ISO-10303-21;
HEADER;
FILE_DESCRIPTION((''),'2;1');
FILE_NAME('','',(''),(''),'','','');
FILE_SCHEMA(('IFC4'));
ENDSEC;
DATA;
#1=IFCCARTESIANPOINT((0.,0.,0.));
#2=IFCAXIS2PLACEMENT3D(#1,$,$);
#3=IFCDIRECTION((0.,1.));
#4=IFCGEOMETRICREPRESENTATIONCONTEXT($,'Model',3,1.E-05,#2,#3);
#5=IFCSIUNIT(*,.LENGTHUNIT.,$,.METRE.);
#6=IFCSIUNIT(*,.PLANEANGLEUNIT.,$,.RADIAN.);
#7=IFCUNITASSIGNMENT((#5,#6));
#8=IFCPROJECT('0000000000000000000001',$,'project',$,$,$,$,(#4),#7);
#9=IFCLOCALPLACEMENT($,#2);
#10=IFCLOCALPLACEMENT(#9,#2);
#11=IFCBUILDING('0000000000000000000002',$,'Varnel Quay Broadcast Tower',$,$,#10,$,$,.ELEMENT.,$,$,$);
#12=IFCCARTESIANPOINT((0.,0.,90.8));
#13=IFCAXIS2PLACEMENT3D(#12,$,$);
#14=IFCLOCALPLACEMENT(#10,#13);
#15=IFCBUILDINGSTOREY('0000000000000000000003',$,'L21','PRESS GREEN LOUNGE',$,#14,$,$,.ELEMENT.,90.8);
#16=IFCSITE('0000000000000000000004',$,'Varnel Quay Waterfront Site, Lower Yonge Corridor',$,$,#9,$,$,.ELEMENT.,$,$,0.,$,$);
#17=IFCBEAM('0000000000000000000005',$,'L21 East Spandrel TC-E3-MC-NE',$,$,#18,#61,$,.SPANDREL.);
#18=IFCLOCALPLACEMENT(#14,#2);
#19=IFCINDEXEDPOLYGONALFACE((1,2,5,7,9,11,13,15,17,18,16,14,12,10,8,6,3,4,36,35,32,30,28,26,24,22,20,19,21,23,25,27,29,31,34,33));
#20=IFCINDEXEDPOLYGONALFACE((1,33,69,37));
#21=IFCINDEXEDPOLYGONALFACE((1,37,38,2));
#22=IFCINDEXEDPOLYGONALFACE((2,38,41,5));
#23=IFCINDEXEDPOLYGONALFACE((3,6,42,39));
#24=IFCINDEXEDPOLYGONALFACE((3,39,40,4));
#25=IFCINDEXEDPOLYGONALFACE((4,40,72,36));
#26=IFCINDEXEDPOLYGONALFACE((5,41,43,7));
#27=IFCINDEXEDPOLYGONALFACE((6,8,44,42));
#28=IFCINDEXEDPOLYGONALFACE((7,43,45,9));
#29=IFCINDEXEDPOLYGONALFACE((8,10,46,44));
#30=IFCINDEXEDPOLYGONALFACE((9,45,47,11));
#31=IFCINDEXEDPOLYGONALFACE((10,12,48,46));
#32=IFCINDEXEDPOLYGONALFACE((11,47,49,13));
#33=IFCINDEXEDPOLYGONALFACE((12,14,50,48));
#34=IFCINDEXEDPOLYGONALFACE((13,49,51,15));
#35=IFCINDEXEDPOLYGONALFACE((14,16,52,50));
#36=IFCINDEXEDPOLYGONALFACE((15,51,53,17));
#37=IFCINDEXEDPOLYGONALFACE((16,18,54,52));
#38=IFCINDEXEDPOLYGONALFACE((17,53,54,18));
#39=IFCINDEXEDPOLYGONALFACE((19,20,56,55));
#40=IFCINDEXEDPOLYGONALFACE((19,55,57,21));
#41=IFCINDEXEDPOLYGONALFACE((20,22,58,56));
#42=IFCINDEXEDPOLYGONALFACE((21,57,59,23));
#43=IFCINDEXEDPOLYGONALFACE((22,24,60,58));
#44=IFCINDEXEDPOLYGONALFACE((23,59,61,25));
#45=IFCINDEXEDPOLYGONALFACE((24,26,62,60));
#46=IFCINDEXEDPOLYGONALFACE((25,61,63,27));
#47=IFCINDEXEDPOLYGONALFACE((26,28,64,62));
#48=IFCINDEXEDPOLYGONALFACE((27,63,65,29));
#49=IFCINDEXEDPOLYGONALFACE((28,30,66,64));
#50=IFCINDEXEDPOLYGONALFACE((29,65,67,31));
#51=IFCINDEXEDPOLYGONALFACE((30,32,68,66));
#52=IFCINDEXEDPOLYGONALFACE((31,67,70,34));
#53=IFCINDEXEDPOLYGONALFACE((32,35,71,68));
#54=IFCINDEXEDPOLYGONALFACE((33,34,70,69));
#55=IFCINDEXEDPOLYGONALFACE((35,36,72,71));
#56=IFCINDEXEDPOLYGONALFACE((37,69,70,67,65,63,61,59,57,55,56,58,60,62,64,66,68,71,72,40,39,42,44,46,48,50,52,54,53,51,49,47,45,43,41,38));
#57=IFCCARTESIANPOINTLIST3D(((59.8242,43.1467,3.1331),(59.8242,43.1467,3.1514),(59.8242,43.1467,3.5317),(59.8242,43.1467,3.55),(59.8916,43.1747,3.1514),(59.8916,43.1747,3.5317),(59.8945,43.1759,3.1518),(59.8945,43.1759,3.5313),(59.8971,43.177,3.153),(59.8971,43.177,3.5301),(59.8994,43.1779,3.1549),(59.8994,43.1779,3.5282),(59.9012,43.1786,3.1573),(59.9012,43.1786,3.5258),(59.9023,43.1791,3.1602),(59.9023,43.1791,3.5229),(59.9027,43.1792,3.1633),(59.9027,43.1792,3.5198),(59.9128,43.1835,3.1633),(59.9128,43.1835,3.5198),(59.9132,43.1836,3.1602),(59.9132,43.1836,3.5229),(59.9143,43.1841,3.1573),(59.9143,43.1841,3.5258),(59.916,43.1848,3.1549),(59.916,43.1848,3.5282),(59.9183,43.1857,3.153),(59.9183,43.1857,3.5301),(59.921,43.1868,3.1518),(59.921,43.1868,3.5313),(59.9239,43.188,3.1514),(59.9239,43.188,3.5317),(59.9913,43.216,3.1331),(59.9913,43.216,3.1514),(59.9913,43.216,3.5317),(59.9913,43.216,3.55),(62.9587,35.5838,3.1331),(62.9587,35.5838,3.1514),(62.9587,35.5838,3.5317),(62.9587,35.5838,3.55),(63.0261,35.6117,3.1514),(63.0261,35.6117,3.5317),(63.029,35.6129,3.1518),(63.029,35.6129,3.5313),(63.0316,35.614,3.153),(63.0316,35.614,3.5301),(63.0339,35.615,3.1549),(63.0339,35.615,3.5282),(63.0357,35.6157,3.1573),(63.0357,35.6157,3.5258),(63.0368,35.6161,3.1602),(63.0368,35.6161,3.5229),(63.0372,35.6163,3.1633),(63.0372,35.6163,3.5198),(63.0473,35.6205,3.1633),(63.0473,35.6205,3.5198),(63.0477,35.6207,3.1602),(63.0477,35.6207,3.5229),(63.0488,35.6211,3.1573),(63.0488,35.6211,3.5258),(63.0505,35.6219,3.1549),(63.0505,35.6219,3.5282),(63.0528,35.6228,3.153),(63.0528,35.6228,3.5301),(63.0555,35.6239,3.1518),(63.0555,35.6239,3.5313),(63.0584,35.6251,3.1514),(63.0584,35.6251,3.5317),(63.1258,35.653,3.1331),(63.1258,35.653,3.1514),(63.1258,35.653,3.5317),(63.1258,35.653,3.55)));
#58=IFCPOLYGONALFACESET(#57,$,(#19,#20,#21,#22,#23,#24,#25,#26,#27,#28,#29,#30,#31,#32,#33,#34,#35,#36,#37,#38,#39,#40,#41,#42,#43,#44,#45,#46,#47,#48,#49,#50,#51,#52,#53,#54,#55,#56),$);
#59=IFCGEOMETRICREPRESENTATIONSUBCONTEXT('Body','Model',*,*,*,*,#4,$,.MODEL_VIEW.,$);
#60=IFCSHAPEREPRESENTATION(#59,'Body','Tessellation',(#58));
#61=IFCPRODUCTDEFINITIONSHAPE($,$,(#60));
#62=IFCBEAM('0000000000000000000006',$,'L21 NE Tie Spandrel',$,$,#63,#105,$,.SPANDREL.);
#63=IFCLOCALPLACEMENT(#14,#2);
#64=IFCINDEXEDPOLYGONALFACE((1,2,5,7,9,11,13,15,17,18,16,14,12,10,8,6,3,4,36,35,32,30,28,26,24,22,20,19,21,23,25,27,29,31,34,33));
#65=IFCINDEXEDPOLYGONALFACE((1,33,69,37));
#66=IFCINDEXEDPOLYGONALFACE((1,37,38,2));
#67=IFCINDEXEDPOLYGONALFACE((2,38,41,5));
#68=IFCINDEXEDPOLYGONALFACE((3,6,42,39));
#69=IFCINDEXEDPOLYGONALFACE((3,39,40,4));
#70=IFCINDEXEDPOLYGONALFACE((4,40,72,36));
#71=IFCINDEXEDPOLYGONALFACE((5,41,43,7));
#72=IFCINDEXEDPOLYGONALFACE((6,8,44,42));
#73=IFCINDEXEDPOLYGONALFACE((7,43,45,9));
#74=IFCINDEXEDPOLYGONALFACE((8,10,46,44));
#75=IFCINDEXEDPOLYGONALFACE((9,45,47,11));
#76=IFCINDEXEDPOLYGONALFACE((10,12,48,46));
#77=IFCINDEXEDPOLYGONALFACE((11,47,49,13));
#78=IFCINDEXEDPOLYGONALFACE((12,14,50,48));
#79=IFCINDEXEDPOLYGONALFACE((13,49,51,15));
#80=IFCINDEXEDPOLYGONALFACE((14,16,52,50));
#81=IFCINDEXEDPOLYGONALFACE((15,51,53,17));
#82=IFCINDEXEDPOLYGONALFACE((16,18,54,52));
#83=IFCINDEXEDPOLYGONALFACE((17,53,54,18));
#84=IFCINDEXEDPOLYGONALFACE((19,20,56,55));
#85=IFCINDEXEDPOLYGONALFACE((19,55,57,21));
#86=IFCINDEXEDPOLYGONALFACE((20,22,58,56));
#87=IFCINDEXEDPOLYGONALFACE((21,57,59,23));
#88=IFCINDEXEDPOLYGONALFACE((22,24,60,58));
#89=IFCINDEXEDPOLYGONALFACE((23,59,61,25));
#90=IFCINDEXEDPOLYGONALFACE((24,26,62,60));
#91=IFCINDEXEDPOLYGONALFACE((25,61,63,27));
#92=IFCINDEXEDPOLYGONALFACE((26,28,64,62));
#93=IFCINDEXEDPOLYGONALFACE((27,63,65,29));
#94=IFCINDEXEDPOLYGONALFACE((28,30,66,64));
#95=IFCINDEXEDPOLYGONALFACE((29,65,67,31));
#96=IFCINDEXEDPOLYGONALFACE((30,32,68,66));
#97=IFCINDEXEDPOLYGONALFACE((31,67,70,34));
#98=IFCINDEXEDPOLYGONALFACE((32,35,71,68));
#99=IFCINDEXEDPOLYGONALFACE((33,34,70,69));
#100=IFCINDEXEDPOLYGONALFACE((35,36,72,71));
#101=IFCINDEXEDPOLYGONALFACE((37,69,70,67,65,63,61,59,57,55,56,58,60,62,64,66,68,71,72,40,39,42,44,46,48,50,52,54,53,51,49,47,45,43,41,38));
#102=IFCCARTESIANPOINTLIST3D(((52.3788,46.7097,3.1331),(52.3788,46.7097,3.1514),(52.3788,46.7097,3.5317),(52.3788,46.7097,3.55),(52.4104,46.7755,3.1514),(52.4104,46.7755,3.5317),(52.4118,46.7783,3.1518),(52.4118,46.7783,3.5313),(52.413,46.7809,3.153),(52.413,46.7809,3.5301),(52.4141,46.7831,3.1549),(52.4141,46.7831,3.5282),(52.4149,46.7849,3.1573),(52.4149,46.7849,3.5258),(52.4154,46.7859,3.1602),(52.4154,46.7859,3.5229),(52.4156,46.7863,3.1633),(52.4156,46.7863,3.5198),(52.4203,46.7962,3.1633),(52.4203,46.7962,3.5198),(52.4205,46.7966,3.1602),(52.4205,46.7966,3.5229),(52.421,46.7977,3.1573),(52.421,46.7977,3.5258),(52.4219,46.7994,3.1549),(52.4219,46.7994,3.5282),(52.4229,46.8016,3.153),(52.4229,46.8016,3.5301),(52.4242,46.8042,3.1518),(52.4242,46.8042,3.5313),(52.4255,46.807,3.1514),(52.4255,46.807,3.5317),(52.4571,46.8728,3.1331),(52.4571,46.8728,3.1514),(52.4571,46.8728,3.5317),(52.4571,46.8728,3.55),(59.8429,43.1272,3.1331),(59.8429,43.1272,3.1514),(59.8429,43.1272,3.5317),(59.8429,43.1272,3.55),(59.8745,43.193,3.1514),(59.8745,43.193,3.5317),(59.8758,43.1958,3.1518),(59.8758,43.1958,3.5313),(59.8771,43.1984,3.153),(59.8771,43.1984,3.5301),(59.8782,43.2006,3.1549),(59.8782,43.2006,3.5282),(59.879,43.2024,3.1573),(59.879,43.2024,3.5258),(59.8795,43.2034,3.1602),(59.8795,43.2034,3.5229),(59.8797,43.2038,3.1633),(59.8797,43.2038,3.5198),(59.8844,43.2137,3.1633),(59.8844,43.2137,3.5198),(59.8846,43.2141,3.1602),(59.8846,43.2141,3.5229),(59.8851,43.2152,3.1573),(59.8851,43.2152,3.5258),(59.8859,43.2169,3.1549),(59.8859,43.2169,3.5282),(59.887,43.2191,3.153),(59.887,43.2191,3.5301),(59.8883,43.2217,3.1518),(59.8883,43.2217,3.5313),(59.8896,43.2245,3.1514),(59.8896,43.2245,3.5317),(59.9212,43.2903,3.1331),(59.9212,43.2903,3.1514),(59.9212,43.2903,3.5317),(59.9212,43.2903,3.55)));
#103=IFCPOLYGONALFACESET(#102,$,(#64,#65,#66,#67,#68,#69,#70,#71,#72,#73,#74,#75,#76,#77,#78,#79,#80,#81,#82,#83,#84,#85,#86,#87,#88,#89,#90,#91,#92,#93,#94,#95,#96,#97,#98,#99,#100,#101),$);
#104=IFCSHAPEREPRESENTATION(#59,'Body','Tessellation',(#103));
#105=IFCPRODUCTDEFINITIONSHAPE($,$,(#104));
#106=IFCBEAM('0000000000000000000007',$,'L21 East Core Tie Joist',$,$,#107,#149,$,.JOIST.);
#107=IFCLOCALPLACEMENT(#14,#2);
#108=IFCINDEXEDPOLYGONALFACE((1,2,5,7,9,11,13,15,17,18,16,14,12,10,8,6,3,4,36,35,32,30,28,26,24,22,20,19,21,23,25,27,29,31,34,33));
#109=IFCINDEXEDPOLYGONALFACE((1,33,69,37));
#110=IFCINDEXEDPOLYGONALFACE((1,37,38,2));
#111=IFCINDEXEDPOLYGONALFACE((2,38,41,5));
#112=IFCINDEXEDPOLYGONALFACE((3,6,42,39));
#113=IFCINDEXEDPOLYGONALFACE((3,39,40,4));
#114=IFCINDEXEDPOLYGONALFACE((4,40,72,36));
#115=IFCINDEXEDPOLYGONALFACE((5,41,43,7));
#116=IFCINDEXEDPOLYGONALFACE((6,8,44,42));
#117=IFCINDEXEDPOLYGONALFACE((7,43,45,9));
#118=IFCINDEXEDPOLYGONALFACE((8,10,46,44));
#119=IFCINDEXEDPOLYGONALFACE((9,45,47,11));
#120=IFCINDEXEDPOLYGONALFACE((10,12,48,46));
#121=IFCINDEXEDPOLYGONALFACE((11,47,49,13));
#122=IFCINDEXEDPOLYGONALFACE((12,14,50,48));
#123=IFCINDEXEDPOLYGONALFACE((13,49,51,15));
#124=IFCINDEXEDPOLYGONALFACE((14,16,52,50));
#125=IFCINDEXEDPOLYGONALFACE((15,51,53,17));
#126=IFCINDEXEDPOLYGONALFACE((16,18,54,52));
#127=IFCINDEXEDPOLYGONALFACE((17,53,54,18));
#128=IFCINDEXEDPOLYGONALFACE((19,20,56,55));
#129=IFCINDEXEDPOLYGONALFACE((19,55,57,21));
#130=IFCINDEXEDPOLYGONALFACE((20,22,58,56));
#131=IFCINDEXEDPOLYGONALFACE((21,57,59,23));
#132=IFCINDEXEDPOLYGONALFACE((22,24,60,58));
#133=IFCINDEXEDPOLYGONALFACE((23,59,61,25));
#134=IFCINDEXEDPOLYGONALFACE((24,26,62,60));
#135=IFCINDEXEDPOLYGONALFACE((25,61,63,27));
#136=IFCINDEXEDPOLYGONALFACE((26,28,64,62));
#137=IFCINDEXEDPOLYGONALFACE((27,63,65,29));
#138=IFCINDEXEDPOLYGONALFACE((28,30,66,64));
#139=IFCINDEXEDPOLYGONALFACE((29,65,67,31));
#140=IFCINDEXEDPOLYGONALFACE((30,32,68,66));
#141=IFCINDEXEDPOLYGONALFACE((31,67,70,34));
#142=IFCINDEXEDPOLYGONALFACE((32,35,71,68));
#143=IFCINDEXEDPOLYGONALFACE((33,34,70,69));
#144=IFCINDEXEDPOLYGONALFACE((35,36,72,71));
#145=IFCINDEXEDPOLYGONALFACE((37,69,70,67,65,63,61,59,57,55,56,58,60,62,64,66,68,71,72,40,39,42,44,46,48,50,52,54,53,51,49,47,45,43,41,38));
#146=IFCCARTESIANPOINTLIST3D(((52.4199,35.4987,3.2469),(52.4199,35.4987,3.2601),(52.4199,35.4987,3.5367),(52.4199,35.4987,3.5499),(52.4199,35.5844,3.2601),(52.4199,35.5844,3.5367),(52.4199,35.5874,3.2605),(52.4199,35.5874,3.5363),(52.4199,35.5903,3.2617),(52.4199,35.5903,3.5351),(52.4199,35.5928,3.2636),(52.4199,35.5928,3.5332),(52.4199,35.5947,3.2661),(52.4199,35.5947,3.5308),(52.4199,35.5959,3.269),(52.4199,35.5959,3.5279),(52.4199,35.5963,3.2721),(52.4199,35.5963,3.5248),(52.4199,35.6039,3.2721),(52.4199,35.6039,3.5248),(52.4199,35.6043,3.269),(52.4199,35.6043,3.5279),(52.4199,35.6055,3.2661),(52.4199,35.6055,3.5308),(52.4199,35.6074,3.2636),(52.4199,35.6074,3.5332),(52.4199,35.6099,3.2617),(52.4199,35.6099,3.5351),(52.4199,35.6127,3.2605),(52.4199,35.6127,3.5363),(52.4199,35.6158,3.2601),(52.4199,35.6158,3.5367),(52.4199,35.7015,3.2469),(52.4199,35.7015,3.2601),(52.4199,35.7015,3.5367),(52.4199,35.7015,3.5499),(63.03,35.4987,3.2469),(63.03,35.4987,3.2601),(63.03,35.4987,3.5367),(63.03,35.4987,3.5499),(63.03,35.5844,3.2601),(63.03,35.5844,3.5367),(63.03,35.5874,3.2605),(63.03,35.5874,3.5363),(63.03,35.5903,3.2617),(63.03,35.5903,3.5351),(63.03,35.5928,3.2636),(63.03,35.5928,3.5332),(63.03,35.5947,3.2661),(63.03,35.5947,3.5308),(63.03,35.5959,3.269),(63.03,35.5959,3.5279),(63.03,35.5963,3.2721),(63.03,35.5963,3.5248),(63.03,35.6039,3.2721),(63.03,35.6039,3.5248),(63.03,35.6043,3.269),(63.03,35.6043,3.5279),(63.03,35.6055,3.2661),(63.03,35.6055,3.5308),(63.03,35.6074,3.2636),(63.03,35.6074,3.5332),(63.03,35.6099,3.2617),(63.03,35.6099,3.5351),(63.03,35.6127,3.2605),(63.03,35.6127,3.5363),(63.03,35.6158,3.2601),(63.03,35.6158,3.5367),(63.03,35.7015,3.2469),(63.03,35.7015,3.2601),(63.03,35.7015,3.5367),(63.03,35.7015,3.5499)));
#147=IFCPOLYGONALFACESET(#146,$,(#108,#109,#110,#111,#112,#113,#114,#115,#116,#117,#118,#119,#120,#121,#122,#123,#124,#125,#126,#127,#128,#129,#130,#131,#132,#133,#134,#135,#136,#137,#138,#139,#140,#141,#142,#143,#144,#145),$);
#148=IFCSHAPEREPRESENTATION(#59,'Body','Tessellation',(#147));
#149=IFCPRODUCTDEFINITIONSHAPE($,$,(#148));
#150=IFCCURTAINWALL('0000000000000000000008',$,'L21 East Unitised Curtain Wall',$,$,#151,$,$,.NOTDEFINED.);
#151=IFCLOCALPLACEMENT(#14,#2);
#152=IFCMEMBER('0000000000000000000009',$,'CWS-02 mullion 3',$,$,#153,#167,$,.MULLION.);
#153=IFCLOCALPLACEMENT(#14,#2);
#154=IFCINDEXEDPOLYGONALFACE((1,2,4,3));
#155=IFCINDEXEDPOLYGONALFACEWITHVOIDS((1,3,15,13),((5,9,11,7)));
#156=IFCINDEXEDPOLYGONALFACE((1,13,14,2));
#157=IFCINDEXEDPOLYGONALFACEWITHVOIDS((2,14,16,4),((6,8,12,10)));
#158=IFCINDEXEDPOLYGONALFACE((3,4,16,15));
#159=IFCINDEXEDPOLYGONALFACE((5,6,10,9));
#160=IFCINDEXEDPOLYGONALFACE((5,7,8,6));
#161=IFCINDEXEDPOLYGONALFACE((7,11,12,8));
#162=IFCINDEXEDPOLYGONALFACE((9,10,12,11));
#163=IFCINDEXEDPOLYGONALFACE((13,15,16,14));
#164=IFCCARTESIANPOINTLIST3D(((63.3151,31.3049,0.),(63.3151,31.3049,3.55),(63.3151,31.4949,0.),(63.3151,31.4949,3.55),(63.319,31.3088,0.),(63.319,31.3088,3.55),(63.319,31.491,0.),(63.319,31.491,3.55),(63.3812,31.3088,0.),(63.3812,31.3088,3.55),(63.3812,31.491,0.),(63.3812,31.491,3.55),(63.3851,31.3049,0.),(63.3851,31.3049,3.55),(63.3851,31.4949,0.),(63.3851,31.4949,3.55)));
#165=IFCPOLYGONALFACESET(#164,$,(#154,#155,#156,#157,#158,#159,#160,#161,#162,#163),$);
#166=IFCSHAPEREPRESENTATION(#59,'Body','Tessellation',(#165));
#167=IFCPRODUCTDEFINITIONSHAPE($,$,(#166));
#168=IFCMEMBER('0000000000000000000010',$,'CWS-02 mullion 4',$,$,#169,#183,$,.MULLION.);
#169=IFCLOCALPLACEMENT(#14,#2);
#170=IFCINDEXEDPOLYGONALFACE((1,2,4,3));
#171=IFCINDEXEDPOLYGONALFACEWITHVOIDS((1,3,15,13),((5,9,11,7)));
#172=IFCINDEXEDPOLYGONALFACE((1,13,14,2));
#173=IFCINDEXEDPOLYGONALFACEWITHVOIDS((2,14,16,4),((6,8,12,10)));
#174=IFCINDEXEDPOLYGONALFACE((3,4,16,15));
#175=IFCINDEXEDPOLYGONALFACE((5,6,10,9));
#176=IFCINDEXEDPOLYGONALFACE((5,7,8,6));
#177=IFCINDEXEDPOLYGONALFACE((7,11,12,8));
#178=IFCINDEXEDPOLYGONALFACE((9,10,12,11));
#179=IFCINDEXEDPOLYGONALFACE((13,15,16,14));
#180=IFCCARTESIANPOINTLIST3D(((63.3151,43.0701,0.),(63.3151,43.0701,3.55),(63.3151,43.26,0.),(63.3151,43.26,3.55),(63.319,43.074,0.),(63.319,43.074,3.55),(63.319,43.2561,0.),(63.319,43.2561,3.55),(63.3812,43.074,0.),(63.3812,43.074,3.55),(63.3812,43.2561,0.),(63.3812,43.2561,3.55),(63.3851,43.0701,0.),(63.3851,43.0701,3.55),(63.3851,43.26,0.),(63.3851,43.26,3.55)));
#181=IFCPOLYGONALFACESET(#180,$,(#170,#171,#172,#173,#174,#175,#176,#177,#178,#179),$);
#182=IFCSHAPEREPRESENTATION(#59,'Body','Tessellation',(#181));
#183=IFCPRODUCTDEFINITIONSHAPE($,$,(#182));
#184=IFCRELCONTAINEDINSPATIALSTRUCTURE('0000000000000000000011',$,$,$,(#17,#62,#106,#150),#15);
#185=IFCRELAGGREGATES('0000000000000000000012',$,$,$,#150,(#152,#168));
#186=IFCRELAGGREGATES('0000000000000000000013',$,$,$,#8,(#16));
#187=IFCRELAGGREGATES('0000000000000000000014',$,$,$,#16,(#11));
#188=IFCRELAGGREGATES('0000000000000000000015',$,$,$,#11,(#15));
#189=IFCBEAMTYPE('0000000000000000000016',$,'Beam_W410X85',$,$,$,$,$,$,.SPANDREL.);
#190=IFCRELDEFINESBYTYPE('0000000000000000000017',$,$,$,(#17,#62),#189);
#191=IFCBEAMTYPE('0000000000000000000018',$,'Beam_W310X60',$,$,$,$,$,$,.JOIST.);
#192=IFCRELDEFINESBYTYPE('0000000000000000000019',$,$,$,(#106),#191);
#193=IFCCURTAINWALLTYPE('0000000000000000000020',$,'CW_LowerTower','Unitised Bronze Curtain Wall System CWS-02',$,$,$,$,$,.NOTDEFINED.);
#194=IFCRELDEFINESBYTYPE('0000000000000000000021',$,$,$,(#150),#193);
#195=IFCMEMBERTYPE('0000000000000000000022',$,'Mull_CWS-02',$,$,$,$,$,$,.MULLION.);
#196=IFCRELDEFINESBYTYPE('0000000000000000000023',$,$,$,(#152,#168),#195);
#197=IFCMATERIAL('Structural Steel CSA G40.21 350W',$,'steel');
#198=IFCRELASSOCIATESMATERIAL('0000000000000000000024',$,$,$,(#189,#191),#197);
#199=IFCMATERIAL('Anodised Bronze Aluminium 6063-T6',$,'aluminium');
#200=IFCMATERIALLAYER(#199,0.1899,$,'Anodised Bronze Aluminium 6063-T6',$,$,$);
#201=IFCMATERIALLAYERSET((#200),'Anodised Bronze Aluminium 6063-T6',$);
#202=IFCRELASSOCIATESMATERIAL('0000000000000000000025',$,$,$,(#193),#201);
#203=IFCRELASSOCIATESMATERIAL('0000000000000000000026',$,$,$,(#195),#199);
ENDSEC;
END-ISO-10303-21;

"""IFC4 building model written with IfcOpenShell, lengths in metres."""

from ifc_helpers import new_model, si_unit, direction, frame, origin, origin_2d, place, context, subcontext, project, spatial, hollow_rectangle, i_section, extrude, source, transform, mapped, material, layer, layer_set, material_profile, profile_set, type_object, type_shapes, element, aggregate, save


model = new_model("IFC4")

# Units and contexts
model_context = context("Model", 3, precision=1e-05, world=origin(), true_north=direction((0.0, 1.0)))
body_context = subcontext(model_context, "Body", "Model", "MODEL_VIEW")
ifc_project = project(units=[si_unit("LENGTHUNIT", "METRE"), si_unit("PLANEANGLEUNIT", "RADIAN")], contexts=[model_context])

# Site, building, storey
site_placement = place(None, origin())
site = spatial("IfcSite", under=ifc_project, at=site_placement, Name="Varnel Quay Waterfront Site, Lower Yonge Corridor", CompositionType="ELEMENT", RefElevation=0.0)
building_placement = place(site_placement, origin())
building = spatial("IfcBuilding", under=site, at=building_placement, Name="Varnel Quay Broadcast Tower", CompositionType="ELEMENT")
storey_placement = place(building_placement, frame((0.0, 0.0, 90.8)))
storey = spatial("IfcBuildingStorey", under=building, at=storey_placement, Name="L21", Description="PRESS GREEN LOUNGE", CompositionType="ELEMENT", Elevation=90.8)

# Shared definitions
ifc_material_1 = material(Name="Structural Steel CSA G40.21 350W", Category="steel")

# Beams
ifc_material_profile_1 = material_profile(ifc_material_1, i_section(OverallWidth=0.1809, OverallDepth=0.417, WebThickness=0.011, FlangeThickness=0.0183, FilletRadius=0.012, at=origin_2d()), Name="W410X85")
ifc_profile_set_1 = profile_set([ifc_material_profile_1], Name="Structural Steel CSA G40.21 350W")
beam_type_1 = type_object("IfcBeamType", Name="Beam_W410X85", PredefinedType="SPANDREL", material=ifc_profile_set_1)
shared_shape_1 = source(origin(), body_context, "Body", "SweptSolid", [
    extrude(i_section(OverallWidth=0.1809, OverallDepth=0.417, WebThickness=0.011, FlangeThickness=0.0183, FilletRadius=0.012, at=origin_2d()), origin(), (0.0, 0.0, 1.0), 8.1868),
])
beam_1_placement = place(storey_placement, frame((63.0422, 35.6184, 3.3416), z_axis=(-0.382874, 0.923801, 0.0), x_axis=(-0.923801, -0.382874, 0.0)))
element("IfcBeam", 1, at=beam_1_placement, inside=storey, type_object=beam_type_1, Name="L21 East Spandrel TC-E3-MC-NE", PredefinedType="SPANDREL", context=body_context, shape_type="MappedRepresentation", body=[
    mapped(shared_shape_1, transform((0.0, 0.0, 0.0), x_axis=(1.0, 0.0, 0.0), y_axis=(0.0, 1.0, 0.0), z_axis=(0.0, 0.0, 1.0), scale=1.0)),
])
shared_shape_2 = source(origin(), body_context, "Body", "SweptSolid", [
    extrude(i_section(OverallWidth=0.1809, OverallDepth=0.417, WebThickness=0.011, FlangeThickness=0.0183, FilletRadius=0.012, at=origin_2d()), origin(), (0.0, 0.0, 1.0), 8.2793),
])
type_shapes(beam_type_1, [shared_shape_1, shared_shape_2])
beam_2_placement = place(storey_placement, frame((52.418, 46.7913, 3.3416), z_axis=(0.901535, -0.432706, 0.0), x_axis=(0.432706, 0.901535, 0.0)))
element("IfcBeam", 2, at=beam_2_placement, inside=storey, type_object=beam_type_1, Name="L21 NE Tie Spandrel", PredefinedType="SPANDREL", context=body_context, shape_type="MappedRepresentation", body=[
    mapped(shared_shape_2, transform((0.0, 0.0, 0.0), x_axis=(1.0, 0.0, 0.0), y_axis=(0.0, 1.0, 0.0), z_axis=(0.0, 0.0, 1.0), scale=1.0)),
])
ifc_material_profile_2 = material_profile(ifc_material_1, i_section(OverallWidth=0.2029, OverallDepth=0.303, WebThickness=0.0076, FlangeThickness=0.0132, FilletRadius=0.012, at=origin_2d()), Name="W310X60")
ifc_profile_set_2 = profile_set([ifc_material_profile_2], Name="Structural Steel CSA G40.21 350W")
beam_type_2 = type_object("IfcBeamType", Name="Beam_W310X60", PredefinedType="JOIST", material=ifc_profile_set_2)
shared_shape_3 = source(origin(), body_context, "Body", "SweptSolid", [
    extrude(i_section(OverallWidth=0.2029, OverallDepth=0.303, WebThickness=0.0076, FlangeThickness=0.0132, FilletRadius=0.012, at=origin_2d()), origin(), (0.0, 0.0, 1.0), 10.6101),
])
type_shapes(beam_type_2, [shared_shape_3])
beam_3_placement = place(storey_placement, frame((52.4199, 35.6001, 3.3984), z_axis=(1.0, 0.0, 0.0), x_axis=(0.0, 1.0, 0.0)))
element("IfcBeam", 3, at=beam_3_placement, inside=storey, type_object=beam_type_2, Name="L21 East Core Tie Joist", PredefinedType="JOIST", context=body_context, shape_type="MappedRepresentation", body=[
    mapped(shared_shape_3, transform((0.0, 0.0, 0.0), x_axis=(1.0, 0.0, 0.0), y_axis=(0.0, 1.0, 0.0), z_axis=(0.0, 0.0, 1.0), scale=1.0)),
])

# Curtain wall, members
ifc_material_2 = material(Name="Anodised Bronze Aluminium 6063-T6", Category="aluminium")
ifc_layer_1 = layer(ifc_material_2, 0.1899, Name="Anodised Bronze Aluminium 6063-T6")
ifc_layer_set_1 = layer_set([ifc_layer_1], Name="Anodised Bronze Aluminium 6063-T6")
curtain_wall_type = type_object("IfcCurtainWallType", Name="CW_LowerTower", Description="Unitised Bronze Curtain Wall System CWS-02", PredefinedType="NOTDEFINED", material=ifc_layer_set_1)
curtain_wall_1_placement = place(storey_placement, origin())
curtain_wall_1 = element("IfcCurtainWall", 4, at=curtain_wall_1_placement, inside=storey, type_object=curtain_wall_type, Name="L21 East Unitised Curtain Wall", PredefinedType="NOTDEFINED")
ifc_material_profile_3 = material_profile(ifc_material_2, hollow_rectangle(XDim=0.0701, YDim=0.1899, WallThickness=0.0039, at=origin_2d()), Name="ALU70X190X4")
ifc_profile_set_3 = profile_set([ifc_material_profile_3], Name="Anodised Bronze Aluminium 6063-T6")
member_type_1 = type_object("IfcMemberType", Name="Mull_CWS-02", PredefinedType="MULLION", material=ifc_profile_set_3)
shared_shape_4 = source(origin(), body_context, "Body", "SweptSolid", [
    extrude(hollow_rectangle(XDim=0.0701, YDim=0.1899, WallThickness=0.0039, at=origin_2d()), origin(), (0.0, 0.0, 1.0), 3.55),
])
type_shapes(member_type_1, [shared_shape_4])
member_1_placement = place(storey_placement, frame((63.3501, 31.3999, 0.0), z_axis=(0.0, 0.0, 1.0), x_axis=(-1.0, 0.0, 0.0)))
member_1 = element("IfcMember", 5, at=member_1_placement, type_object=member_type_1, Name="CWS-02 mullion 3", PredefinedType="MULLION", context=body_context, shape_type="MappedRepresentation", body=[
    mapped(shared_shape_4, transform((0.0, 0.0, 0.0), x_axis=(1.0, 0.0, 0.0), y_axis=(0.0, 1.0, 0.0), z_axis=(0.0, 0.0, 1.0), scale=1.0)),
])
member_2_placement = place(storey_placement, frame((63.3501, 43.165, 0.0), z_axis=(0.0, 0.0, 1.0), x_axis=(-1.0, 0.0, 0.0)))
member_2 = element("IfcMember", 6, at=member_2_placement, type_object=member_type_1, Name="CWS-02 mullion 4", PredefinedType="MULLION", context=body_context, shape_type="MappedRepresentation", body=[
    mapped(shared_shape_4, transform((0.0, 0.0, 0.0), x_axis=(1.0, 0.0, 0.0), y_axis=(0.0, 1.0, 0.0), z_axis=(0.0, 0.0, 1.0), scale=1.0)),
])

aggregate(curtain_wall_1, [member_1, member_2])

save(model, "model.ifc")
